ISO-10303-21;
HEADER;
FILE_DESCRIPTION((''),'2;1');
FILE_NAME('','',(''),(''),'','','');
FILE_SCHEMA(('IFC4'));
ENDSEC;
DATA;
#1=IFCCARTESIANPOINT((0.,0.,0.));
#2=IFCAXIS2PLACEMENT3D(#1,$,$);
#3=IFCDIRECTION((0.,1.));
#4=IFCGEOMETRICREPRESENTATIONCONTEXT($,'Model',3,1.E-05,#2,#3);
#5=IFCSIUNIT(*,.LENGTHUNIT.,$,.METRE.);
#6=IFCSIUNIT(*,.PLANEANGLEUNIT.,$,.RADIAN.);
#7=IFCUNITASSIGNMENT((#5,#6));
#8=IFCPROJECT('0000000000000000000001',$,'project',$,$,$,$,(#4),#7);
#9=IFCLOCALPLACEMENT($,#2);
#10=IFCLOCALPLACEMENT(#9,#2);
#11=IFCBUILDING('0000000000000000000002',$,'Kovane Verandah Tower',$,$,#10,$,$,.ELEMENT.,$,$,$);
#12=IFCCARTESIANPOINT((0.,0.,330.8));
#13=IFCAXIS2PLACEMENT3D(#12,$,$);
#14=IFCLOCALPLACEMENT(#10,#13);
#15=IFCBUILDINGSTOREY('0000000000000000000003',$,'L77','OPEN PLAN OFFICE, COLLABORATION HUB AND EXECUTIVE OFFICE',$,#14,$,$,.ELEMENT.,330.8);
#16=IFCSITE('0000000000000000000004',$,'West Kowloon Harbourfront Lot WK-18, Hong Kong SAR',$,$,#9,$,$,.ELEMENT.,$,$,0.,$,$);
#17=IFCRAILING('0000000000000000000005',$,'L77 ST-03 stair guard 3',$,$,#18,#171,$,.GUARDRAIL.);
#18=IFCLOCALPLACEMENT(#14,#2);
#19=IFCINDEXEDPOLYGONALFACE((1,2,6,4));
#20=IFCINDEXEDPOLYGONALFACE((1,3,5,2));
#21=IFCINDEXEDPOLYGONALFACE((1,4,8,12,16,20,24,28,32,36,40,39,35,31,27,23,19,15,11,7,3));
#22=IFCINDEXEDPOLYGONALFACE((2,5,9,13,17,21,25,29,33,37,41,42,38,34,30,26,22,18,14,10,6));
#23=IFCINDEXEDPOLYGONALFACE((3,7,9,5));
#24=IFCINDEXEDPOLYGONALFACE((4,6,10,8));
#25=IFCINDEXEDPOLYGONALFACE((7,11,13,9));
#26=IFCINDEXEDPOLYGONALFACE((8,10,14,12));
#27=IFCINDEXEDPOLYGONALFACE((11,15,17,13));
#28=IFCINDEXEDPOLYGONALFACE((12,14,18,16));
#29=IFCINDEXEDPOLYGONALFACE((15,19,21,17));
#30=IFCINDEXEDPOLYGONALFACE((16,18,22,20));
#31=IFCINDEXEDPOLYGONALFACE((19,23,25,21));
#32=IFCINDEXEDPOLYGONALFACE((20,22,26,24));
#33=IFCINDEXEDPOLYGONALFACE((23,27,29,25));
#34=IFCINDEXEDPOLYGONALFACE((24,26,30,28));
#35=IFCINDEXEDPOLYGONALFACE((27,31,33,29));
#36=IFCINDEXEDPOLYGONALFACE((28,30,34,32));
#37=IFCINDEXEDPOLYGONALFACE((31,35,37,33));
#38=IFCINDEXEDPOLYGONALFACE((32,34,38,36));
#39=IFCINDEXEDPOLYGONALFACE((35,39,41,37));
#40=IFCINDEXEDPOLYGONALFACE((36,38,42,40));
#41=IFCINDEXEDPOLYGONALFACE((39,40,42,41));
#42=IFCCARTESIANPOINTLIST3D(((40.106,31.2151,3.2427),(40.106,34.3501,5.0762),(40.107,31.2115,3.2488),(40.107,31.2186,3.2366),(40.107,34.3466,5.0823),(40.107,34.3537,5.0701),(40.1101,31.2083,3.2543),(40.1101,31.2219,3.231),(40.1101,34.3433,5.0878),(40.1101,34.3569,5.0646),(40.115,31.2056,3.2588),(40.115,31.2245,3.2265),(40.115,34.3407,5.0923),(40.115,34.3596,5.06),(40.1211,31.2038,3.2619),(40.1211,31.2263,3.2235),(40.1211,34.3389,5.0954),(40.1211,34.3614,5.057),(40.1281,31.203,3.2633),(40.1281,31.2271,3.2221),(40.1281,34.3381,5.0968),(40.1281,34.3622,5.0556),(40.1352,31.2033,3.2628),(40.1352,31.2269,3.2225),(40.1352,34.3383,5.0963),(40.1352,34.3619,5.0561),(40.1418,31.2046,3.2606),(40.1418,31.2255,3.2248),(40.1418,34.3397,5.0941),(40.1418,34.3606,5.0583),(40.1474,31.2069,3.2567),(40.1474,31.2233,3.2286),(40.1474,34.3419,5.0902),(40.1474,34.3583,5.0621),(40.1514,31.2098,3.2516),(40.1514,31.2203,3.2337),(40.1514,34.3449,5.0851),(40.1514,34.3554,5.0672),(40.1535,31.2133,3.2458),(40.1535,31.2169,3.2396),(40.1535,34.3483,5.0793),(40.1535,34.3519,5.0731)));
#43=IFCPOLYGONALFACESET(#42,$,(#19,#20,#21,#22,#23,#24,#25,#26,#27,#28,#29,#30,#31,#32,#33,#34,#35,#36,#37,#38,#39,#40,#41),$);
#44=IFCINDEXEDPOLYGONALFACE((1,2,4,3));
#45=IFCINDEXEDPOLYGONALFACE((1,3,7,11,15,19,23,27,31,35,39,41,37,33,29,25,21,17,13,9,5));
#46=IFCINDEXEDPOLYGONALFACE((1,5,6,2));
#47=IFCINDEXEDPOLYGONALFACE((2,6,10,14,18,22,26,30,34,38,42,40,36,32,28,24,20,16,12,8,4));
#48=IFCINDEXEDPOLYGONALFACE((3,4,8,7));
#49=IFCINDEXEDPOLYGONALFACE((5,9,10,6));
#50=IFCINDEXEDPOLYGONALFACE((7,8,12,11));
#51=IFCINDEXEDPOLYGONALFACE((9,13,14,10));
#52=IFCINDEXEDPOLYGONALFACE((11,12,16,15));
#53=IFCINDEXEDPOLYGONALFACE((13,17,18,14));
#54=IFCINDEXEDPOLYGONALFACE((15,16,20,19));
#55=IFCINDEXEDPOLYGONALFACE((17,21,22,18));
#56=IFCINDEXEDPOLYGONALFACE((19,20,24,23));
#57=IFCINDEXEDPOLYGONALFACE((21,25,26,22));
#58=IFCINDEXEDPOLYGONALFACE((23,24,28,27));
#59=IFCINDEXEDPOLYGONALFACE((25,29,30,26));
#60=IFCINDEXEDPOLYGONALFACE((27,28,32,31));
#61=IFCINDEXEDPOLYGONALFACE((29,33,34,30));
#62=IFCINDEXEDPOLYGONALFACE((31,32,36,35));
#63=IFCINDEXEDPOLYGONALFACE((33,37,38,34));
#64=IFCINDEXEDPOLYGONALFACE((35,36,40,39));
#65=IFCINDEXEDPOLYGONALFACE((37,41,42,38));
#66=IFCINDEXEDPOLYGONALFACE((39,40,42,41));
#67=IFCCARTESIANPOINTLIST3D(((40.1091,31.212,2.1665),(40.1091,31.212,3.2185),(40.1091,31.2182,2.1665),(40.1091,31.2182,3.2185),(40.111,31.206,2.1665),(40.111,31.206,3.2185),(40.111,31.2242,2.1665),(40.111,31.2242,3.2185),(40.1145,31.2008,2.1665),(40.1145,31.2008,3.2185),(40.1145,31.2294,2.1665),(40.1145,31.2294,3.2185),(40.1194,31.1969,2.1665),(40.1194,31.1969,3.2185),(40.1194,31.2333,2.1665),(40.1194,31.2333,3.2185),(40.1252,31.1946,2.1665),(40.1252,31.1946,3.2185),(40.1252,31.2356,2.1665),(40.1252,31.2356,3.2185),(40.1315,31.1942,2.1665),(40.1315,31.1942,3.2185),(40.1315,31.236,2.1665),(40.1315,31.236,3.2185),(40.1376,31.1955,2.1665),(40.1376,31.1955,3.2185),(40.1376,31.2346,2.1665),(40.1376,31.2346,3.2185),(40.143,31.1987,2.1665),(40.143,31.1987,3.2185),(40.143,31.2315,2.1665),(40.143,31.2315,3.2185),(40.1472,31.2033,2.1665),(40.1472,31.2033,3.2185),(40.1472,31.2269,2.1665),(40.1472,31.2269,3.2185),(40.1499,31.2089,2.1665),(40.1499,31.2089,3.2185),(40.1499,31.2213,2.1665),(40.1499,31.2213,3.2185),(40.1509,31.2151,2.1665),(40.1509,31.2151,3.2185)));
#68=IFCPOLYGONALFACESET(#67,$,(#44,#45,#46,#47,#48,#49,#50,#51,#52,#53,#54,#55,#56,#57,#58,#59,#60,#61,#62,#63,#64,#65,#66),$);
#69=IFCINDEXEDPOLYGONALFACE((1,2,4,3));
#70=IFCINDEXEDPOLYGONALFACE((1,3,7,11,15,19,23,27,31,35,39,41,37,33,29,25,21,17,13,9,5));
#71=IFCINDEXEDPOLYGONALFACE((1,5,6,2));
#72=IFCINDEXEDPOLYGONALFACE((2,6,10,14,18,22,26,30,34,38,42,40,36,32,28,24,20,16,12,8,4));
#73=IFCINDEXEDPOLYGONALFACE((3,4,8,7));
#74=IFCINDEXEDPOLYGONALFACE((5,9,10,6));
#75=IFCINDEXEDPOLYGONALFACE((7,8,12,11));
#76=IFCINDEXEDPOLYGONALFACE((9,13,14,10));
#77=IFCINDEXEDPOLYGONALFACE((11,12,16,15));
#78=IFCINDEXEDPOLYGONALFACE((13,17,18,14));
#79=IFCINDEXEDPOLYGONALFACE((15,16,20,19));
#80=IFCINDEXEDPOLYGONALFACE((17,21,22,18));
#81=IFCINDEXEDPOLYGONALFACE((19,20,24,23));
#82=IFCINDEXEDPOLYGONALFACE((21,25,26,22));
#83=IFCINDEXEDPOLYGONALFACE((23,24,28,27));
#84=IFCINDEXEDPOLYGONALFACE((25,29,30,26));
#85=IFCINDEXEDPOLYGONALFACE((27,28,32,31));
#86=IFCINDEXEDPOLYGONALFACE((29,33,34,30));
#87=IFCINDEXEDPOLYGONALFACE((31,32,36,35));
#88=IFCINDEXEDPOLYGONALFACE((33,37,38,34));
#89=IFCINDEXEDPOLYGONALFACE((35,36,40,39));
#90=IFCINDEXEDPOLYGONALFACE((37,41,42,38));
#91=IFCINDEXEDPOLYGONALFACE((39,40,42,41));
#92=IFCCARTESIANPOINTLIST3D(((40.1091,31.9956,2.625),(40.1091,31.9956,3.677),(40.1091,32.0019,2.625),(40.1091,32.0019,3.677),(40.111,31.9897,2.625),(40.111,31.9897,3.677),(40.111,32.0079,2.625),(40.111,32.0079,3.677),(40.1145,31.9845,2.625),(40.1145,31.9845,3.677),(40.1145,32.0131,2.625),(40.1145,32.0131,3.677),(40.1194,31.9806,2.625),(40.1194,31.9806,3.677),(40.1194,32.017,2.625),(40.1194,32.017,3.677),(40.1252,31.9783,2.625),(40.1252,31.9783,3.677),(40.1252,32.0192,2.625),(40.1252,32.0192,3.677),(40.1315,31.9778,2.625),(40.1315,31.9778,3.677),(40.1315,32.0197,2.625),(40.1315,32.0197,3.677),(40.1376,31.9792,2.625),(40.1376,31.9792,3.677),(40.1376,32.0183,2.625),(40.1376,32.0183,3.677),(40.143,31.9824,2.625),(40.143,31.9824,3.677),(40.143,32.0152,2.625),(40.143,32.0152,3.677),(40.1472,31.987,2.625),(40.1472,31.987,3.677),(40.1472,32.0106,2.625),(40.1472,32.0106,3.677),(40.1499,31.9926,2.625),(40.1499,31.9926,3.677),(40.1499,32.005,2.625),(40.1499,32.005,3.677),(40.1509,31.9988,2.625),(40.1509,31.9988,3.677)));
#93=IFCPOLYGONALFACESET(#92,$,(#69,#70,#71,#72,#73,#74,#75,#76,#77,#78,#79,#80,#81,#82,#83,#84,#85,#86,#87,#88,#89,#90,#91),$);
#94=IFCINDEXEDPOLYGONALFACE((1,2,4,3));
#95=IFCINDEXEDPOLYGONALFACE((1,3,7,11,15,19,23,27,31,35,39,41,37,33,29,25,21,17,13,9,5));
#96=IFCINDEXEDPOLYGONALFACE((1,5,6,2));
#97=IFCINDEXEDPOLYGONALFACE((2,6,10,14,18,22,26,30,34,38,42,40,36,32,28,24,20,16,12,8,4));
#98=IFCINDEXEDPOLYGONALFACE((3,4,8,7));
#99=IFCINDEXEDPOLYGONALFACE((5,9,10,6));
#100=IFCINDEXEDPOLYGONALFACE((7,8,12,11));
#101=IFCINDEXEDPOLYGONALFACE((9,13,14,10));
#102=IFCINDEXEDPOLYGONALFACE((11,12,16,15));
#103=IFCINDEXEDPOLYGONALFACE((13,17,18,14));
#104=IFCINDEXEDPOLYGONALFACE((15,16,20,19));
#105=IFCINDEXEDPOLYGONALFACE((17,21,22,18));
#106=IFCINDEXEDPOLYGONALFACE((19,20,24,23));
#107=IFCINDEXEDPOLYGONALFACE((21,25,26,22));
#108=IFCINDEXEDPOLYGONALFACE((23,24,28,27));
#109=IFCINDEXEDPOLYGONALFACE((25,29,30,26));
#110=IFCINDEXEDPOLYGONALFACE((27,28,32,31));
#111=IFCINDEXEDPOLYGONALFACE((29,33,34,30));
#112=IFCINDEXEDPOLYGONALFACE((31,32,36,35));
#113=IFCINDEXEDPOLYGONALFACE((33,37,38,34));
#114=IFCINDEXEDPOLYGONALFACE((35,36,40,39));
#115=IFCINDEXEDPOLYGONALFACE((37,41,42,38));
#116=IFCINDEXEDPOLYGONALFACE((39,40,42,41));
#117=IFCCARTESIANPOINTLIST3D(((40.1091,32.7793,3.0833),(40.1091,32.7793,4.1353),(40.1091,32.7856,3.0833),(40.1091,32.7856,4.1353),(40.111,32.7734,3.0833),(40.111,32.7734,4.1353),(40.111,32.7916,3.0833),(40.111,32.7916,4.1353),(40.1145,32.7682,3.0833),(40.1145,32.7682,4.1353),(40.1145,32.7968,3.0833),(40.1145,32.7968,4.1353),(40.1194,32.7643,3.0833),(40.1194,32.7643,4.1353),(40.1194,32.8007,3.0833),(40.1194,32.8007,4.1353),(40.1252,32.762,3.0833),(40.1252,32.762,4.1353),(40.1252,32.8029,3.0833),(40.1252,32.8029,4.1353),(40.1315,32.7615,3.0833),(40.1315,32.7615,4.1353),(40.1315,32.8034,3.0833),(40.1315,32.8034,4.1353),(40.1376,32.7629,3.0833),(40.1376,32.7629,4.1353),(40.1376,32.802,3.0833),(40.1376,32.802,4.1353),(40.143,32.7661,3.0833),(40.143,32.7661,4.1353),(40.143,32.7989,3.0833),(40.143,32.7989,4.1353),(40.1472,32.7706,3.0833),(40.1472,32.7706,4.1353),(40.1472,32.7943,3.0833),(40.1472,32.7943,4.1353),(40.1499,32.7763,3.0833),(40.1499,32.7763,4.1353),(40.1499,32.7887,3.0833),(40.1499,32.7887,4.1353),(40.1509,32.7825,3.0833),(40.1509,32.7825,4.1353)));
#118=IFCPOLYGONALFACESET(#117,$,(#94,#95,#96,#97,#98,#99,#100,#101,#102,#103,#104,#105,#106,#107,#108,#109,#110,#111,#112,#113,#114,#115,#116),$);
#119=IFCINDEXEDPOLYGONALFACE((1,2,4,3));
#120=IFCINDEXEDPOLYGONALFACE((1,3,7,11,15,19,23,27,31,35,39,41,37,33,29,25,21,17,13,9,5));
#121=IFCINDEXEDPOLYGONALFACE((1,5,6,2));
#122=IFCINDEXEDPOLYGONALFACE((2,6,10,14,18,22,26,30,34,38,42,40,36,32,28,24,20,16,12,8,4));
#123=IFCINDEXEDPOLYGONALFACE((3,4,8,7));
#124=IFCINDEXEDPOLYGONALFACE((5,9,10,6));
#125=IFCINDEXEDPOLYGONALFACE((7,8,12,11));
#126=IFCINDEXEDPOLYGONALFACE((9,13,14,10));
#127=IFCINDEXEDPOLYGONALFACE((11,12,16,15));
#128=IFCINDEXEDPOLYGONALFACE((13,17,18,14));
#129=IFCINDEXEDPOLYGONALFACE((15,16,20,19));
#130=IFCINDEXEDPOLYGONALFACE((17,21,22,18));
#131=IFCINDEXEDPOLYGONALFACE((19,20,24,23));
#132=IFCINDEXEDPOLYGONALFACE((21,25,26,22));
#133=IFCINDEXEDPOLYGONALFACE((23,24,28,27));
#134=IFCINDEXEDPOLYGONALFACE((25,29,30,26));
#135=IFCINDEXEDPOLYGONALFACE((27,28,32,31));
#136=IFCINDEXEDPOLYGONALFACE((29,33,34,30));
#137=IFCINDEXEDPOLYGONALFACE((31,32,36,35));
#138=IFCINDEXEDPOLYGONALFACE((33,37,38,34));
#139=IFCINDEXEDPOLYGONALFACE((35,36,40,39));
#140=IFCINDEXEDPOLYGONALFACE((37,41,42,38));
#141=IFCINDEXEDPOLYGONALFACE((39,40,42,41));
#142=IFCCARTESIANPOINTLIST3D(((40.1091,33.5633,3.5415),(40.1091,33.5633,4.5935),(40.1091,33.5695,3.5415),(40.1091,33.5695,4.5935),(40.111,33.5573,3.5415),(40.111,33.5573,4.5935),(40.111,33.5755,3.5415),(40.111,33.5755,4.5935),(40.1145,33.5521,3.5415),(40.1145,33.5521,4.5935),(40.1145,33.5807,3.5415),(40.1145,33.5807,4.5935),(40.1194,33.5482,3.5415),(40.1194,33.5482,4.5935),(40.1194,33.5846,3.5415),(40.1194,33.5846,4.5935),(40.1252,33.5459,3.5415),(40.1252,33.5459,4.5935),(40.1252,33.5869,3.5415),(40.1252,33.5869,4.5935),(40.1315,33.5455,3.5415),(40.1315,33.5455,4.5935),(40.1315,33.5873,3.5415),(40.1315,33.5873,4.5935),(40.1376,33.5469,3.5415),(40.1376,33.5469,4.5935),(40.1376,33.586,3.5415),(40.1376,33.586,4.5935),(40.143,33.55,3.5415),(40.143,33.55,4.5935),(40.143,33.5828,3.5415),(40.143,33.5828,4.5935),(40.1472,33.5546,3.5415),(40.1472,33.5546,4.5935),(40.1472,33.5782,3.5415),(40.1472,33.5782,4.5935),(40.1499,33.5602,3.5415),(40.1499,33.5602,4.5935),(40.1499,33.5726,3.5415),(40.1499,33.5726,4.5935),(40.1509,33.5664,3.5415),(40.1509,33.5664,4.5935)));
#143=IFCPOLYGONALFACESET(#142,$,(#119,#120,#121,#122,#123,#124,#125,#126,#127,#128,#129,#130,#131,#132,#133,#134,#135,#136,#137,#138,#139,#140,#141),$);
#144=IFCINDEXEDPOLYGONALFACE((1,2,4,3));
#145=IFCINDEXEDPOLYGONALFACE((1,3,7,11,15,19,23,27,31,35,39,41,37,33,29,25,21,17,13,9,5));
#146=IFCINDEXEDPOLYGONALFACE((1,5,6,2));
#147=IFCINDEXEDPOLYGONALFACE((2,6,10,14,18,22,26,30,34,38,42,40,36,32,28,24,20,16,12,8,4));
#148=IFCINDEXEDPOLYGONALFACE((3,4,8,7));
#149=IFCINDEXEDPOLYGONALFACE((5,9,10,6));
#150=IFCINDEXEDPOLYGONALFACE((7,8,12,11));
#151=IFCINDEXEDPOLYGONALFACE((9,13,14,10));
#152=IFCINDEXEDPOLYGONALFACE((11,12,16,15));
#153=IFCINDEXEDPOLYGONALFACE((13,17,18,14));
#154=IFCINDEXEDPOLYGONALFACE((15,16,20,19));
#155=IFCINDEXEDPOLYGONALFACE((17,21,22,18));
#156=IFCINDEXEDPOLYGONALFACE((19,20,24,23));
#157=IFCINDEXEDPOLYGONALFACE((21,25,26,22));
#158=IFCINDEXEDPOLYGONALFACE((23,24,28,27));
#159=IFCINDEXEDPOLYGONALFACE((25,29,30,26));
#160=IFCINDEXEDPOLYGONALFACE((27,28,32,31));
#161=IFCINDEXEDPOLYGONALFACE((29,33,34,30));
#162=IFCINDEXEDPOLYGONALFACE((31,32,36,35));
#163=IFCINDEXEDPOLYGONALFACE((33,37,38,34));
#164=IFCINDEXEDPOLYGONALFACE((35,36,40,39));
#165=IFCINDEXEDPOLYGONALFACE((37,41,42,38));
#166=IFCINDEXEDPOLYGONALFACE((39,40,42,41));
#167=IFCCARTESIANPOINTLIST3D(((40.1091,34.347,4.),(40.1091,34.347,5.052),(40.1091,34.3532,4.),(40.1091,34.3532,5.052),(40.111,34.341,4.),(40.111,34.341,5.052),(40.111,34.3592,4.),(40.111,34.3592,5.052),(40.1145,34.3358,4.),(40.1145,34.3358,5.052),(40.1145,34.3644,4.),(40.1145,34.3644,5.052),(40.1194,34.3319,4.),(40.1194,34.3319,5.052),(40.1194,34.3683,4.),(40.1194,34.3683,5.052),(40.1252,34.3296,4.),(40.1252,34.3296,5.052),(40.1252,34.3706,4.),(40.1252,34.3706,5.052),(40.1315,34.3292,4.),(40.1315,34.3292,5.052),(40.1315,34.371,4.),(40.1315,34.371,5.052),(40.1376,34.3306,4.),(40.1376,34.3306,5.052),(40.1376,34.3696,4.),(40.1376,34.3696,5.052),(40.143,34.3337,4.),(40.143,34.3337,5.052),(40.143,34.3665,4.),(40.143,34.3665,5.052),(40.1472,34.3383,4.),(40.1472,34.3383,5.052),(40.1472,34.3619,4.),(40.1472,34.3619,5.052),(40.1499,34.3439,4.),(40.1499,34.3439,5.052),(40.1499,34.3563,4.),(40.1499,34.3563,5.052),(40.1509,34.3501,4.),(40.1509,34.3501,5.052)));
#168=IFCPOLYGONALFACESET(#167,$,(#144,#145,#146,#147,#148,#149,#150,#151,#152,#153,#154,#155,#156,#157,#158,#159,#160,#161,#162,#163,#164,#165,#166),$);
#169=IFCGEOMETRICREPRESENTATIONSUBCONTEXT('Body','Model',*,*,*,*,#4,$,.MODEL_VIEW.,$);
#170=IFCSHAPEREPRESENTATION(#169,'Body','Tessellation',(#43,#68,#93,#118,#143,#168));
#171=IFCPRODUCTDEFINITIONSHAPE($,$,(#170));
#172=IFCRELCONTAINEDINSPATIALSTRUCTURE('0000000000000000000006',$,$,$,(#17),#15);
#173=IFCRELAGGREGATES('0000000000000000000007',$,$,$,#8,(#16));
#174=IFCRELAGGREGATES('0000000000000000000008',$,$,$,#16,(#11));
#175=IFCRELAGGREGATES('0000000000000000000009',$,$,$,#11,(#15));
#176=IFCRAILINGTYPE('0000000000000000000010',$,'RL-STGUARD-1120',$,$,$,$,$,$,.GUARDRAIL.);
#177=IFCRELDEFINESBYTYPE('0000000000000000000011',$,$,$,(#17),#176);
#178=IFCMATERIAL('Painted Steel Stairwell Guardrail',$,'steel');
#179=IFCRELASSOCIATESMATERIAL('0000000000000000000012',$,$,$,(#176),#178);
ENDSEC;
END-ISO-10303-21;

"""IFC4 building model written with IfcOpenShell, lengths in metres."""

from ifc_helpers import new_model, si_unit, direction, frame, origin, origin_2d, place, context, subcontext, project, spatial, circle, extrude, material, type_object, element, save


model = new_model("IFC4")

# Units and contexts
model_context = context("Model", 3, precision=1e-05, world=origin(), true_north=direction((0.0, 1.0)))
body_context = subcontext(model_context, "Body", "Model", "MODEL_VIEW")
ifc_project = project(units=[si_unit("LENGTHUNIT", "METRE"), si_unit("PLANEANGLEUNIT", "RADIAN")], contexts=[model_context])

# Site, building, storey
site_placement = place(None, origin())
site = spatial("IfcSite", under=ifc_project, at=site_placement, Name="West Kowloon Harbourfront Lot WK-18, Hong Kong SAR", CompositionType="ELEMENT", RefElevation=0.0)
building_placement = place(site_placement, origin())
building = spatial("IfcBuilding", under=site, at=building_placement, Name="Kovane Verandah Tower", CompositionType="ELEMENT")
storey_placement = place(building_placement, frame((0.0, 0.0, 330.8)))
storey = spatial("IfcBuildingStorey", under=building, at=storey_placement, Name="L77", Description="OPEN PLAN OFFICE, COLLABORATION HUB AND EXECUTIVE OFFICE", CompositionType="ELEMENT", Elevation=330.8)

# Railing
ifc_material_1 = material(Name="Painted Steel Stairwell Guardrail", Category="steel")
railing_type_1 = type_object("IfcRailingType", Name="RL-STGUARD-1120", PredefinedType="GUARDRAIL", material=ifc_material_1)
railing_1_placement = place(storey_placement, frame((40.1299, 31.2151, 2.1665)))
element("IfcRailing", 1, at=railing_1_placement, inside=storey, type_object=railing_type_1, Name="L77 ST-03 stair guard 3", PredefinedType="GUARDRAIL", context=body_context, shape_type="SweptSolid", body=[
    extrude(circle(Radius=0.0239, at=origin_2d()), frame((0.0, 0.0, 1.0762), z_axis=(0.0, 0.86321, 0.504845), x_axis=(-1.0, 0.0, 0.0)), (0.0, 0.0, 1.0), 3.6318),
    extrude(circle(Radius=0.021, at=origin_2d()), origin(), (0.0, 0.0, 1.0), 1.052),
    extrude(circle(Radius=0.021, at=origin_2d()), frame((0.0, 0.7837, 0.4585)), (0.0, 0.0, 1.0), 1.052),
    extrude(circle(Radius=0.021, at=origin_2d()), frame((0.0, 1.5674, 0.9167)), (0.0, 0.0, 1.0), 1.052),
    extrude(circle(Radius=0.021, at=origin_2d()), frame((0.0, 2.3513, 1.375)), (0.0, 0.0, 1.0), 1.052),
    extrude(circle(Radius=0.021, at=origin_2d()), frame((0.0, 3.135, 1.8335)), (0.0, 0.0, 1.0), 1.052),
])

save(model, "model.ifc")
